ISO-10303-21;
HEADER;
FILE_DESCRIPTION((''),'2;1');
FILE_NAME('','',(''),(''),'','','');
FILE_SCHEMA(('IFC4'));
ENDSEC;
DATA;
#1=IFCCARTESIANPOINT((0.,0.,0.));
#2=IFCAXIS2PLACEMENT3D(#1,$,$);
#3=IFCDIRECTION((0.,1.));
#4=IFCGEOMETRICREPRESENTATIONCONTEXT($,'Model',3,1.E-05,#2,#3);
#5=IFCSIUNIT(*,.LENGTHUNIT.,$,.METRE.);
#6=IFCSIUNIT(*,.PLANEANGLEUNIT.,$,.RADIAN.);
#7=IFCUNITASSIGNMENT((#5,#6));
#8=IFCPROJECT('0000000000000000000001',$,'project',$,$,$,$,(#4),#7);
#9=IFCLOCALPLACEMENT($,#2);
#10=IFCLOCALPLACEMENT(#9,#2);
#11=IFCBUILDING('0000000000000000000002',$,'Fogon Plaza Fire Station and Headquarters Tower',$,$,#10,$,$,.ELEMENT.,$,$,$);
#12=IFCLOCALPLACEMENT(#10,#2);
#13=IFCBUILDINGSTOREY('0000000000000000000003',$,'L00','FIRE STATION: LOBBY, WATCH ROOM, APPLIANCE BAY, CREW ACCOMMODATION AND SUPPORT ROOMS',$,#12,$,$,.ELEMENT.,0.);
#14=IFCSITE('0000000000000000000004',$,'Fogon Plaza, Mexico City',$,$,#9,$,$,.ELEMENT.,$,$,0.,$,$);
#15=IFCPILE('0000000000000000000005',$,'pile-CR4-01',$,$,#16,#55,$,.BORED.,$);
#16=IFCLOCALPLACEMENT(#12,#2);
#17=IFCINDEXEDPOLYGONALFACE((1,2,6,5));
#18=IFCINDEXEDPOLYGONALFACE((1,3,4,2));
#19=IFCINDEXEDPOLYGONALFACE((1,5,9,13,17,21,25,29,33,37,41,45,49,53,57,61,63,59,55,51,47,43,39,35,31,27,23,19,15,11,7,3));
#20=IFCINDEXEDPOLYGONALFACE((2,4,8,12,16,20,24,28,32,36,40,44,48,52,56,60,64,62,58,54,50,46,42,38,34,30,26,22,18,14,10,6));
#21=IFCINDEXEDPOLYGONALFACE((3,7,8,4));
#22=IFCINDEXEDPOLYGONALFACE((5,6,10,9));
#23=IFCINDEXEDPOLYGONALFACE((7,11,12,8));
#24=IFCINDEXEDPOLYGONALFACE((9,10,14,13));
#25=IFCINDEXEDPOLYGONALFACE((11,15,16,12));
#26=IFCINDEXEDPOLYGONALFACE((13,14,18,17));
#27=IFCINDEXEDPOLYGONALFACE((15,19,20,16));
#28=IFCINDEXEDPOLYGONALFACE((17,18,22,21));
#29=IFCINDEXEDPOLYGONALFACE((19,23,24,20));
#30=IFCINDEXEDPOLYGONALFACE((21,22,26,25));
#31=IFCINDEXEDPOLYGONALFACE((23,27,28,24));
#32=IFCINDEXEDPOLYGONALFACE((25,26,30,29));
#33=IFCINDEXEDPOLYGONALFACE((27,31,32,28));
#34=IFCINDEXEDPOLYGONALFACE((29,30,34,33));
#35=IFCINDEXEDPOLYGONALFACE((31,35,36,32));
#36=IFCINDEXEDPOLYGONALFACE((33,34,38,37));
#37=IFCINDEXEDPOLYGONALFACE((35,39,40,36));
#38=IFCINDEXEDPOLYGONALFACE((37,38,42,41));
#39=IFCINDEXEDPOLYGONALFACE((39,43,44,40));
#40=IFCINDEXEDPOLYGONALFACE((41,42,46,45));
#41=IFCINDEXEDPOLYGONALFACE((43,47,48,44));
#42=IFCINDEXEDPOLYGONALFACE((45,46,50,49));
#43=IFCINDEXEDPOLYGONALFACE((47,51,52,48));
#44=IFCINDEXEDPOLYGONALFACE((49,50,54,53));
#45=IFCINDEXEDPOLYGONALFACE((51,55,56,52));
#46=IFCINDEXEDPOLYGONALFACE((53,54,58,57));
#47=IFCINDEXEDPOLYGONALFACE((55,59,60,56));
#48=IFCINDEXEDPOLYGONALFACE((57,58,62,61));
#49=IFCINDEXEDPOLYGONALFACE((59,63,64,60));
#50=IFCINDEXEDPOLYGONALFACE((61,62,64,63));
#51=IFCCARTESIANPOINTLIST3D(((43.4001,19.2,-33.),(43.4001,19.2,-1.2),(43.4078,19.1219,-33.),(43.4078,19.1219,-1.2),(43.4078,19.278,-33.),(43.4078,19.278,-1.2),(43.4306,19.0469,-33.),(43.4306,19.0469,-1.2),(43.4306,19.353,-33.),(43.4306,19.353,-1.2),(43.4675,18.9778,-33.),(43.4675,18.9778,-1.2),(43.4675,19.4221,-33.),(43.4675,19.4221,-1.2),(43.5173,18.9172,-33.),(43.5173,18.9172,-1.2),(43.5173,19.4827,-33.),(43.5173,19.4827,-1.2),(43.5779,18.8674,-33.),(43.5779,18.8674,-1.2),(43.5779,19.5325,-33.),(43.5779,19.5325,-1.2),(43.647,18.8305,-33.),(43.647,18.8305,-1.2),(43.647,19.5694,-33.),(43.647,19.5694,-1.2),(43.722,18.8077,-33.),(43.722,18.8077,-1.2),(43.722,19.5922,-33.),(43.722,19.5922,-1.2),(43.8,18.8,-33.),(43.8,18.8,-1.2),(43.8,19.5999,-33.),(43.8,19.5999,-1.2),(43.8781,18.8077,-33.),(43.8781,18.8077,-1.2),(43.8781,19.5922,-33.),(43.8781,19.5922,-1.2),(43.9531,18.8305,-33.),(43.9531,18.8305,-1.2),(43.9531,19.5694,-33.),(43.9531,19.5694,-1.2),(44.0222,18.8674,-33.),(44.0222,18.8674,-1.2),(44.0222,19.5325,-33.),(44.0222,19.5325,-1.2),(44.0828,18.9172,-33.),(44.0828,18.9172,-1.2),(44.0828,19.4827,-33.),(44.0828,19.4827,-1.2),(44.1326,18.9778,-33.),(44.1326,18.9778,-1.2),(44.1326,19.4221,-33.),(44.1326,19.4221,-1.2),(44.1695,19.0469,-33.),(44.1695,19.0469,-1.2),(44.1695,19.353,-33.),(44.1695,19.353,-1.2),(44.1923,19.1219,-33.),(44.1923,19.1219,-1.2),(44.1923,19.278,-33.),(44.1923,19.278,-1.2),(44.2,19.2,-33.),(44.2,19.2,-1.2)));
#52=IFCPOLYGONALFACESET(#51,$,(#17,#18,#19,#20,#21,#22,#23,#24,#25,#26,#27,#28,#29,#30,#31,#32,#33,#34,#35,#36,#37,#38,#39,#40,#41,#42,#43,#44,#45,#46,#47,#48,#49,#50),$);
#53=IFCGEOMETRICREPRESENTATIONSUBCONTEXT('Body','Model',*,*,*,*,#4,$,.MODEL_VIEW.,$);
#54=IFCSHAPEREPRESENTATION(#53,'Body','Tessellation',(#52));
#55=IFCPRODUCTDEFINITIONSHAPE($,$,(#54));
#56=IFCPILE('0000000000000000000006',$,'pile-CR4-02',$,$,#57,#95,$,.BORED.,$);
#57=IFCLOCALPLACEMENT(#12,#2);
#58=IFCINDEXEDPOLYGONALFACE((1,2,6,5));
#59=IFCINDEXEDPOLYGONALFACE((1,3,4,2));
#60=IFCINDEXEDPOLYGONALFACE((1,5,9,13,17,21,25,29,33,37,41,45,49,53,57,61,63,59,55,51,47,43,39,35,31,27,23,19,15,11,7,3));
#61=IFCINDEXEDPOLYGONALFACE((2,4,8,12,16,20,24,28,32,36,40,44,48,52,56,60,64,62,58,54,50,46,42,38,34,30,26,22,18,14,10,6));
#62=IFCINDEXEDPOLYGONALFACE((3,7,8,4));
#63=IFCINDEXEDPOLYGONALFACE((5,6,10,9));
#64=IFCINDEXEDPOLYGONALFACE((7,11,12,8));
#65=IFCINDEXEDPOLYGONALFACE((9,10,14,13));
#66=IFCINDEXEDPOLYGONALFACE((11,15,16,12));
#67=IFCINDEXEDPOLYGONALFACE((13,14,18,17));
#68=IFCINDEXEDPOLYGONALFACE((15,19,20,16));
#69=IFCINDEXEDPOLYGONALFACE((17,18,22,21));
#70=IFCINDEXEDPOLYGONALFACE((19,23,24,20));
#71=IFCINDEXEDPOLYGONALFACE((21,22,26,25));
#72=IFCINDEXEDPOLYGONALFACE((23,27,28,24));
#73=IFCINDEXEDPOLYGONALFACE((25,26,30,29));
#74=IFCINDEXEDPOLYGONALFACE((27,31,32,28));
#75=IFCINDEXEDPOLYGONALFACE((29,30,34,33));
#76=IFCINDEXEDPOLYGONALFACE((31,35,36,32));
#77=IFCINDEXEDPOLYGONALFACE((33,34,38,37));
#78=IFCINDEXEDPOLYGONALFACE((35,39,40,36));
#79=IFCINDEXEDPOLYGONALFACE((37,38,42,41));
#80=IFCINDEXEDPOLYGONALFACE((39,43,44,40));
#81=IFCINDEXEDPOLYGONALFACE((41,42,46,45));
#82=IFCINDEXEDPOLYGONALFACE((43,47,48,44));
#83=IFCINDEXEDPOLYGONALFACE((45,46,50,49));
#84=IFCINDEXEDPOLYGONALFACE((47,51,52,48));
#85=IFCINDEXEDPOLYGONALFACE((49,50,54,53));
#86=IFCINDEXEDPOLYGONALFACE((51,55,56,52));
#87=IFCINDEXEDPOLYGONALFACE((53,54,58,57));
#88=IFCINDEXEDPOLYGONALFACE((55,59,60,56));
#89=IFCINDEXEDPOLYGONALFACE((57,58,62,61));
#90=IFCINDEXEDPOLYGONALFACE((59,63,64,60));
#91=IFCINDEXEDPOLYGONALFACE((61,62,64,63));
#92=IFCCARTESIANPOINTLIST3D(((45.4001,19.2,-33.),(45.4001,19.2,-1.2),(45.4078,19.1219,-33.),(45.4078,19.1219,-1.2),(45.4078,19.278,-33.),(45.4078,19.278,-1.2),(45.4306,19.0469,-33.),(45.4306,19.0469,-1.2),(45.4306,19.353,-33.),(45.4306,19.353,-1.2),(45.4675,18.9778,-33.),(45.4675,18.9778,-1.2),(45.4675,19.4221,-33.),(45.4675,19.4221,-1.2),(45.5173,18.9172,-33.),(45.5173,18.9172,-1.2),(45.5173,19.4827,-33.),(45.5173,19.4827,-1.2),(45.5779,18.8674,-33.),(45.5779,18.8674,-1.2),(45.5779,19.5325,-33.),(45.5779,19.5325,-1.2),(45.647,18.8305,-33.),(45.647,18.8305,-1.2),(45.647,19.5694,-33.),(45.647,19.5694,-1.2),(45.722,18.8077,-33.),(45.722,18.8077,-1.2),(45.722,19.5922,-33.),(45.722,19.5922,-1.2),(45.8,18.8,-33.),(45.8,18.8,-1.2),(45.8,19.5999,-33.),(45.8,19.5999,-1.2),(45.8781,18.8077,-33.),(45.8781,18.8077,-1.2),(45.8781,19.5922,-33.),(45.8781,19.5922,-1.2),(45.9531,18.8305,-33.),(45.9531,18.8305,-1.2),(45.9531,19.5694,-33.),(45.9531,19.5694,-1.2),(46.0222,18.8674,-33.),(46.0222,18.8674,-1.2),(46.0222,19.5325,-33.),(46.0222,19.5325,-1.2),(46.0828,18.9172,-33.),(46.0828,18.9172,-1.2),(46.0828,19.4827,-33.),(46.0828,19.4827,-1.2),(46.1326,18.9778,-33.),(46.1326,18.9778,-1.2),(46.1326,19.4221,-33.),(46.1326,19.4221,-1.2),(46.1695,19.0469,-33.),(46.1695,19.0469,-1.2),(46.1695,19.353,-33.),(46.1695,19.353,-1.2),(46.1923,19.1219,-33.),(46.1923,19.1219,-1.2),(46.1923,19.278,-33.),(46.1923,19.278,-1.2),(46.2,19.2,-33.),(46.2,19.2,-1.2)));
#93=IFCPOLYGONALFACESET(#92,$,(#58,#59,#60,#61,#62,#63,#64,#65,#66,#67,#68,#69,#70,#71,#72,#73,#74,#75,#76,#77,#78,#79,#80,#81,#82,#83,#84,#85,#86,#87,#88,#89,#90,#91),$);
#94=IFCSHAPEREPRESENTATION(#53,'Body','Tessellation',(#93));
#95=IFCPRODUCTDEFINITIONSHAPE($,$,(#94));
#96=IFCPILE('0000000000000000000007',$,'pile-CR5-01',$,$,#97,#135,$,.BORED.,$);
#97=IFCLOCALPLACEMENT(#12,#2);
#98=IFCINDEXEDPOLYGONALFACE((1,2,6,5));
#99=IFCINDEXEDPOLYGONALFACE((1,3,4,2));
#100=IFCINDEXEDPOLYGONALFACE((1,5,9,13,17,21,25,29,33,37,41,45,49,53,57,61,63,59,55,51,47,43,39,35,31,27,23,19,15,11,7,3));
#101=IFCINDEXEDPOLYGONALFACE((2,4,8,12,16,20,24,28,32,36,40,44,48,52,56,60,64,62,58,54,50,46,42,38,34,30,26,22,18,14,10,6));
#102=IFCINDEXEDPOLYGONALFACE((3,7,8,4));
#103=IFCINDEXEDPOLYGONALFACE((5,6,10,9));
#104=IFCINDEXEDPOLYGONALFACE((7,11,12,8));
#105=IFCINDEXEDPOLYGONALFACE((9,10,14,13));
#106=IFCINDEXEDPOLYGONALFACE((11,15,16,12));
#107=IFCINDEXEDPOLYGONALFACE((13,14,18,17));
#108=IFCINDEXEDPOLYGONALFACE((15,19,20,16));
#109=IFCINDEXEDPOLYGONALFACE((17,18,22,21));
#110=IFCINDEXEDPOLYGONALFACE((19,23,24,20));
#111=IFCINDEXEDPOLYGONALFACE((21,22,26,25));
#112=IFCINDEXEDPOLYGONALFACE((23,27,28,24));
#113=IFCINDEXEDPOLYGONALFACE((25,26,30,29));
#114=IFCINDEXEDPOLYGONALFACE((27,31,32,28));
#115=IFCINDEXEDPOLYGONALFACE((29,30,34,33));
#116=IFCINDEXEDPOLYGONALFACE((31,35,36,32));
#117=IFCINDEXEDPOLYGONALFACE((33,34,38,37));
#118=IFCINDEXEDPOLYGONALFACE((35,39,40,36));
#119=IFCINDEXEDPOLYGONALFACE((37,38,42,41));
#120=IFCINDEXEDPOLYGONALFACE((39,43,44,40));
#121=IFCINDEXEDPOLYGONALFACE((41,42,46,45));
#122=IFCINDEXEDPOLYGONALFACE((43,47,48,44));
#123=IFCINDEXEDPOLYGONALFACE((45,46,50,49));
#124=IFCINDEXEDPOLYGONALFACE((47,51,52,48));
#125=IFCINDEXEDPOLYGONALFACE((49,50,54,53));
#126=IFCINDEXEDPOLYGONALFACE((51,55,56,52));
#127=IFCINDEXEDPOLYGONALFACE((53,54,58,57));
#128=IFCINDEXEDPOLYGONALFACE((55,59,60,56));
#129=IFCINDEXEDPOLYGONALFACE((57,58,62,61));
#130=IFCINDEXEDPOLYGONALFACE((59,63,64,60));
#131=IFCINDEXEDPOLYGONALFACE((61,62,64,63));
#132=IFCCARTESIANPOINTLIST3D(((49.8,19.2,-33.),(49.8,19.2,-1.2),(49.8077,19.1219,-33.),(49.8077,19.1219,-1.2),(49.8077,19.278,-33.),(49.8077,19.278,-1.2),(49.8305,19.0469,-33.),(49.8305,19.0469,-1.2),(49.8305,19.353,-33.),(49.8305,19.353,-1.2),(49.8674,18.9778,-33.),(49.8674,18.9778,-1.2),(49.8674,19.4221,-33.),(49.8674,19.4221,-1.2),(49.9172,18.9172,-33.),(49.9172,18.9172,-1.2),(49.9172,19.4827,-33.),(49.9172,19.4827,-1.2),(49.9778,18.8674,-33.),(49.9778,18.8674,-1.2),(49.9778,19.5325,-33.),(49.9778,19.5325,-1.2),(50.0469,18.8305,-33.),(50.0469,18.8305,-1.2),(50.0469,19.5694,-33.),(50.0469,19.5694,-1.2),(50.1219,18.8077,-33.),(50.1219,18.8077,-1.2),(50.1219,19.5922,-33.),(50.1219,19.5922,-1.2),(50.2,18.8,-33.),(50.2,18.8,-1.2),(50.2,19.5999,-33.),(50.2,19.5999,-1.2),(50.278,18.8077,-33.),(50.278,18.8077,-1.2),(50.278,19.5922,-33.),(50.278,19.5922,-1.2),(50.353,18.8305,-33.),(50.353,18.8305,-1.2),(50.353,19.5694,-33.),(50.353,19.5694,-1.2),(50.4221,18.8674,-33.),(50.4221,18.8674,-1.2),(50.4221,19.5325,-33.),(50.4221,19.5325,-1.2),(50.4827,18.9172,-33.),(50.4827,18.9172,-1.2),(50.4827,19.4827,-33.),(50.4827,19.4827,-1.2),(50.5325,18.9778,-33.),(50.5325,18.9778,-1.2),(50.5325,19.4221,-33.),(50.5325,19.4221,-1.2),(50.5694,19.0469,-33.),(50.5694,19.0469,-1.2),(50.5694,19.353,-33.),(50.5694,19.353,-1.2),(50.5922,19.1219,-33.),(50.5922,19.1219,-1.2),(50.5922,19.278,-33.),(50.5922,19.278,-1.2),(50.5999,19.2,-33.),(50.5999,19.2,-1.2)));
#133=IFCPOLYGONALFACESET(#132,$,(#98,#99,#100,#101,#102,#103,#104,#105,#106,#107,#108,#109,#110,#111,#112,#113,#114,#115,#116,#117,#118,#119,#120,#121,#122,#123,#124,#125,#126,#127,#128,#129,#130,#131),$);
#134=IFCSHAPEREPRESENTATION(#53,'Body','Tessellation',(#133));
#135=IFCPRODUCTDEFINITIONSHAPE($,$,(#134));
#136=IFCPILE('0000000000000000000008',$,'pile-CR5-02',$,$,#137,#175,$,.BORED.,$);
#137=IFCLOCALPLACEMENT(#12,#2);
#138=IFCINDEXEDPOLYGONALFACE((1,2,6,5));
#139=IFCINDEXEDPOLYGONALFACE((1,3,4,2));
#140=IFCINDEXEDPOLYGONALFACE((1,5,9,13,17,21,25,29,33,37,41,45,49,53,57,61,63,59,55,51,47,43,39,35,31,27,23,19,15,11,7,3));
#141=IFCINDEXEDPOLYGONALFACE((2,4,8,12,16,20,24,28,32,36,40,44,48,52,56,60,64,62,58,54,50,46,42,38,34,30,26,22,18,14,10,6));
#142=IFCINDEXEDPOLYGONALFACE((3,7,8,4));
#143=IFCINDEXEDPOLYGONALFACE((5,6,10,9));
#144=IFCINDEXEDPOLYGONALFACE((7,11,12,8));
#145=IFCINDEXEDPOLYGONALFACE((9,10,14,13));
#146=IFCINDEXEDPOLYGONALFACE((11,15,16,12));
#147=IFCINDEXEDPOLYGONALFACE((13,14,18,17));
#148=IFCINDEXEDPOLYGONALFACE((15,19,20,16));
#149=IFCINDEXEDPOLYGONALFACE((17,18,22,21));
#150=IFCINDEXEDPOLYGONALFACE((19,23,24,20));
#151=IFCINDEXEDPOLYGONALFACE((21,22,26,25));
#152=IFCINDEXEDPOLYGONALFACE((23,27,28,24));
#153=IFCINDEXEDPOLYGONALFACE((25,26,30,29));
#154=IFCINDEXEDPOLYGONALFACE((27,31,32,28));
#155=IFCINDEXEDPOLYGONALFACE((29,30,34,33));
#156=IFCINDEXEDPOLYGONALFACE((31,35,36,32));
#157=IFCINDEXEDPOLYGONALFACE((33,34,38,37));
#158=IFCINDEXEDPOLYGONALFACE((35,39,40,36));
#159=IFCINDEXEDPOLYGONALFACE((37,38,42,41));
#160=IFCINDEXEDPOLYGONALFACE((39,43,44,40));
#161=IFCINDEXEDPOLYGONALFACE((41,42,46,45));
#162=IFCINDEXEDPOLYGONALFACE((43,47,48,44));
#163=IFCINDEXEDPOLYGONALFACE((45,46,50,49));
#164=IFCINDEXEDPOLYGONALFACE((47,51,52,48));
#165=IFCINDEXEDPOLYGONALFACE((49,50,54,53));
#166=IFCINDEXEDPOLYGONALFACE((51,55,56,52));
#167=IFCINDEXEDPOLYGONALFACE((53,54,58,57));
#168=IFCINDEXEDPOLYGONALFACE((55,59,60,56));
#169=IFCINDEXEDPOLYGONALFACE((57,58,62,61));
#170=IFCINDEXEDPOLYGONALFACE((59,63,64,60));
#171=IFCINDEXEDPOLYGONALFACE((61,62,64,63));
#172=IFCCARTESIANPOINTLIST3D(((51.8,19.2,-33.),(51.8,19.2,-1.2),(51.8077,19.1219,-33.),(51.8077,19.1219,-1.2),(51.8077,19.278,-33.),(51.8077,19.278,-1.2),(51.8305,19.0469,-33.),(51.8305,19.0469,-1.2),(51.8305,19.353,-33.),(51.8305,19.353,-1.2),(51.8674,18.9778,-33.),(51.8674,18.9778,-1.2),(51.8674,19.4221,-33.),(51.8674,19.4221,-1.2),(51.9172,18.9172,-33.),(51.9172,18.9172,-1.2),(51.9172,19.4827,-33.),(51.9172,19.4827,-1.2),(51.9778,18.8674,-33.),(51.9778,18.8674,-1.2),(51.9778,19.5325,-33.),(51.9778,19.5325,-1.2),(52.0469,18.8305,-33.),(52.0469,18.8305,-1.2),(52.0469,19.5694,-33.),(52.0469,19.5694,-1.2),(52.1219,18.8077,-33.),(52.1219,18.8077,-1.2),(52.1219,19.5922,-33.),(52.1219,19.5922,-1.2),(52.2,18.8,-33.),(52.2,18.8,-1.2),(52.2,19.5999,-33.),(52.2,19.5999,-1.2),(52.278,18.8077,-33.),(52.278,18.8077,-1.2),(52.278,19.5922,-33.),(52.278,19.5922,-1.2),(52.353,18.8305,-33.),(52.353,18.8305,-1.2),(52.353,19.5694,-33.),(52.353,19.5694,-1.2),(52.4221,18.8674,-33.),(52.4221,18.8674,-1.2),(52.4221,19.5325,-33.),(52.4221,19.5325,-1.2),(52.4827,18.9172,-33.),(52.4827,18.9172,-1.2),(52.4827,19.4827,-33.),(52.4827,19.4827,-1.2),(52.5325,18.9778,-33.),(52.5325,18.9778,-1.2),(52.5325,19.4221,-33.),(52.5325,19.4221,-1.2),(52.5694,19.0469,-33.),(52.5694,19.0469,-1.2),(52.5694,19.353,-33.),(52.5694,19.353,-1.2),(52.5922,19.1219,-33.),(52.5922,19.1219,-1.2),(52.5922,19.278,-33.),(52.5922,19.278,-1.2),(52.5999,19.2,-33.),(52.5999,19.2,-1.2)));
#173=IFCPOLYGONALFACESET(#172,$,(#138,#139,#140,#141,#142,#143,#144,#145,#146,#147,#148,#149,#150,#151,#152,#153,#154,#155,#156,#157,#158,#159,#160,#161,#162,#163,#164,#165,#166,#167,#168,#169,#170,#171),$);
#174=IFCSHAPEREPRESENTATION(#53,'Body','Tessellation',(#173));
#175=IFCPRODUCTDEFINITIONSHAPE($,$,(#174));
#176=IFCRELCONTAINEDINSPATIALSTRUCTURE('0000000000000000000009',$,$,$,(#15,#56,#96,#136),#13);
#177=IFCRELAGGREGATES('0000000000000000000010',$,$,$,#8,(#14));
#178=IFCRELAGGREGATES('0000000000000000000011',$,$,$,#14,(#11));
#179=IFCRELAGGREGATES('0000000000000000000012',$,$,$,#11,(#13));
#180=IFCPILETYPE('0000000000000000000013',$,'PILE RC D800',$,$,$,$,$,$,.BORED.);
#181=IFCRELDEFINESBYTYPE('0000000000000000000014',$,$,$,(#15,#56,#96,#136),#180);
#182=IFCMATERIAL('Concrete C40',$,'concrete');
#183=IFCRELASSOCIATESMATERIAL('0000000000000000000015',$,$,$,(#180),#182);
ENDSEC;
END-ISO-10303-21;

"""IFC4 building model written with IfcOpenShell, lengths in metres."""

from ifc_helpers import new_model, si_unit, direction, frame, origin, origin_2d, place, context, subcontext, project, spatial, circle, extrude, material, material_profile, profile_set, type_object, element, save


model = new_model("IFC4")

# Units and contexts
model_context = context("Model", 3, precision=1e-05, world=origin(), true_north=direction((0.0, 1.0)))
body_context = subcontext(model_context, "Body", "Model", "MODEL_VIEW")
ifc_project = project(units=[si_unit("LENGTHUNIT", "METRE"), si_unit("PLANEANGLEUNIT", "RADIAN")], contexts=[model_context])

# Site, building, storey
site_placement = place(None, origin())
site = spatial("IfcSite", under=ifc_project, at=site_placement, Name="Fogon Plaza, Mexico City", CompositionType="ELEMENT", RefElevation=0.0)
building_placement = place(site_placement, origin())
building = spatial("IfcBuilding", under=site, at=building_placement, Name="Fogon Plaza Fire Station and Headquarters Tower", CompositionType="ELEMENT")
storey_placement = place(building_placement, origin())
storey = spatial("IfcBuildingStorey", under=building, at=storey_placement, Name="L00", Description="FIRE STATION: LOBBY, WATCH ROOM, APPLIANCE BAY, CREW ACCOMMODATION AND SUPPORT ROOMS", CompositionType="ELEMENT", Elevation=0.0)

# Piles
ifc_material_1 = material(Name="Concrete C40", Category="concrete")
ifc_material_profile_1 = material_profile(ifc_material_1, circle(Radius=0.3999, at=origin_2d()), Name="RC D800")
ifc_profile_set_1 = profile_set([ifc_material_profile_1], Name="Concrete C40")
pile_type = type_object("IfcPileType", Name="PILE RC D800", PredefinedType="BORED", material=ifc_profile_set_1)
for number, where, z_axis, x_axis, name in (
    (1, (43.8, 19.2, -1.2), (0.0, 0.0, -1.0), (1.0, 0.0, 0.0), "pile-CR4-01"),
    (2, (45.8, 19.2, -1.2), (0.0, 0.0, -1.0), (1.0, 0.0, 0.0), "pile-CR4-02"),
    (3, (50.2, 19.2, -1.2), (0.0, 0.0, -1.0), (1.0, 0.0, 0.0), "pile-CR5-01"),
    (4, (52.2, 19.2, -1.2), (0.0, 0.0, -1.0), (1.0, 0.0, 0.0), "pile-CR5-02"),
):
    element("IfcPile", number, at=place(storey_placement, frame(where, z_axis=z_axis, x_axis=x_axis)), inside=storey, type_object=pile_type, Name=name, PredefinedType="BORED", context=body_context, shape_type="SweptSolid", body=[
        extrude(circle(Radius=0.3999, at=origin_2d()), origin(), (0.0, 0.0, 1.0), 31.8),
    ])

save(model, "model.ifc")
